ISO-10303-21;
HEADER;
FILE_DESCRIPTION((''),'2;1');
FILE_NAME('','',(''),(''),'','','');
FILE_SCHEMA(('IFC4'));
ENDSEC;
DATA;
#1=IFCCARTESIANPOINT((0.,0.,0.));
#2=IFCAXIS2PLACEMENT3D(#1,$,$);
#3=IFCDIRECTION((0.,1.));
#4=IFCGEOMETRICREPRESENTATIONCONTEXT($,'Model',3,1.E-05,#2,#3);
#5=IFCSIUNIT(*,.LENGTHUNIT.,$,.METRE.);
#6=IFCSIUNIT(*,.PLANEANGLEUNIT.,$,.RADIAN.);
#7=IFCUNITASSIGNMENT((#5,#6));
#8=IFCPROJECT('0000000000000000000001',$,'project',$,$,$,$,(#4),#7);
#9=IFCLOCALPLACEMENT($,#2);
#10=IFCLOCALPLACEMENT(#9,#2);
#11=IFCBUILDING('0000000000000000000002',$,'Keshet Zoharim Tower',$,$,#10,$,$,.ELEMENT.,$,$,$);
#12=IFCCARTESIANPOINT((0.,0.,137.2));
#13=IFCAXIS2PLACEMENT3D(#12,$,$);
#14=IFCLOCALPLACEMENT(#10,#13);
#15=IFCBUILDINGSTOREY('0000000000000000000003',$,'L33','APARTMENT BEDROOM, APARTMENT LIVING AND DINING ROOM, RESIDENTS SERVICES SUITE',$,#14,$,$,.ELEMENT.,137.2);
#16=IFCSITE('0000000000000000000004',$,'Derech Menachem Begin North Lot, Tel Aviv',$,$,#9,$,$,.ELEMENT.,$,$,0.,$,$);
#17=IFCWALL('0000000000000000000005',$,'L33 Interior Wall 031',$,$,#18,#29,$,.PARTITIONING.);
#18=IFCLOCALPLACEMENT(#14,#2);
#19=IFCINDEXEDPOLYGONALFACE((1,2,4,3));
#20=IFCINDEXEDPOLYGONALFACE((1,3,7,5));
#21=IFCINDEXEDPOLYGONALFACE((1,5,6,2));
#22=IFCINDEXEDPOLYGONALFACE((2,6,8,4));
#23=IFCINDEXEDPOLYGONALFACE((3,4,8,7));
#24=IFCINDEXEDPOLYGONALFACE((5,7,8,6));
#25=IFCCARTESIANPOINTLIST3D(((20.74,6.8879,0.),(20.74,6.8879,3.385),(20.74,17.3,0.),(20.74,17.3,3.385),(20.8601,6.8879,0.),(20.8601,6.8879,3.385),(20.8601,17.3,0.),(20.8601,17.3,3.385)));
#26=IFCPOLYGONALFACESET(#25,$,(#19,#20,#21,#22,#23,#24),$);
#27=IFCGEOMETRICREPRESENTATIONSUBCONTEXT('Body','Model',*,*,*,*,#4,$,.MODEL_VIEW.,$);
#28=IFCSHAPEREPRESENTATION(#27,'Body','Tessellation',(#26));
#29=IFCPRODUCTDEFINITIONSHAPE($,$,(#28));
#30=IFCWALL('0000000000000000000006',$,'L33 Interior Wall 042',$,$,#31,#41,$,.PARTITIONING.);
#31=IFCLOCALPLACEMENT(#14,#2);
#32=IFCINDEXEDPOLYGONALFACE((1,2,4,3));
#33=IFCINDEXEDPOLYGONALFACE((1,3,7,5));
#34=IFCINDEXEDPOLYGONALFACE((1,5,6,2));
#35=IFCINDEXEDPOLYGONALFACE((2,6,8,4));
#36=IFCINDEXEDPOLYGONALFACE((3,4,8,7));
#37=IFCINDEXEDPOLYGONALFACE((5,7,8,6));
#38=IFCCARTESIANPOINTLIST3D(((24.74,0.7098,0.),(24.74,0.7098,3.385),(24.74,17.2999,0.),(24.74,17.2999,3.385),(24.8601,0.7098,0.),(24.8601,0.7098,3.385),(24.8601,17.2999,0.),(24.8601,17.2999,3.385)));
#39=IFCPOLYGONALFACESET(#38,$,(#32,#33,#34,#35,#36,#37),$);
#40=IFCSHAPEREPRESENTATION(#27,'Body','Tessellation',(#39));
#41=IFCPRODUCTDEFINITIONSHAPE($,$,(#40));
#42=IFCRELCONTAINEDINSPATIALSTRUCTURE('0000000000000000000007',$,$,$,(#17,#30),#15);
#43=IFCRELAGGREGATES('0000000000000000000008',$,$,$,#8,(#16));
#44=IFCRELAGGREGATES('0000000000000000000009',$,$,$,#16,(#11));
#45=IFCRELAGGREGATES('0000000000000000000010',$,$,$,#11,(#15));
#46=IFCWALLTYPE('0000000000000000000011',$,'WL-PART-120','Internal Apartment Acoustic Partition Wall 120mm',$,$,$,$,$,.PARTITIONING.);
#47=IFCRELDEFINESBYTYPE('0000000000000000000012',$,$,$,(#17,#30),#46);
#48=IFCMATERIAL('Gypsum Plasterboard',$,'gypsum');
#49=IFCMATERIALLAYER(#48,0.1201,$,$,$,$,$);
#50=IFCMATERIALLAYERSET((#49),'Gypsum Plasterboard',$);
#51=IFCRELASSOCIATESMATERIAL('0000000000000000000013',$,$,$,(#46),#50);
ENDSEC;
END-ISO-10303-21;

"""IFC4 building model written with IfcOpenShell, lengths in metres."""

from ifc_helpers import new_model, si_unit, direction, frame, frame_2d, origin, place, context, subcontext, project, spatial, rectangle, extrude, material, layer, layer_set, type_object, element, save


model = new_model("IFC4")

# Units and contexts
model_context = context("Model", 3, precision=1e-05, world=origin(), true_north=direction((0.0, 1.0)))
body_context = subcontext(model_context, "Body", "Model", "MODEL_VIEW")
ifc_project = project(units=[si_unit("LENGTHUNIT", "METRE"), si_unit("PLANEANGLEUNIT", "RADIAN")], contexts=[model_context])

# Site, building, storey
site_placement = place(None, origin())
site = spatial("IfcSite", under=ifc_project, at=site_placement, Name="Derech Menachem Begin North Lot, Tel Aviv", CompositionType="ELEMENT", RefElevation=0.0)
building_placement = place(site_placement, origin())
building = spatial("IfcBuilding", under=site, at=building_placement, Name="Keshet Zoharim Tower", CompositionType="ELEMENT")
storey_placement = place(building_placement, frame((0.0, 0.0, 137.2)))
storey = spatial("IfcBuildingStorey", under=building, at=storey_placement, Name="L33", Description="APARTMENT BEDROOM, APARTMENT LIVING AND DINING ROOM, RESIDENTS SERVICES SUITE", CompositionType="ELEMENT", Elevation=137.2)

# Walls
ifc_material_1 = material(Name="Gypsum Plasterboard", Category="gypsum")
ifc_layer_1 = layer(ifc_material_1, 0.1201)
ifc_layer_set_1 = layer_set([ifc_layer_1], Name="Gypsum Plasterboard")
wall_type = type_object("IfcWallType", Name="WL-PART-120", Description="Internal Apartment Acoustic Partition Wall 120mm", PredefinedType="PARTITIONING", material=ifc_layer_set_1)
wall_1_placement = place(storey_placement, frame((20.8, 6.8879, 0.0), z_axis=(0.0, 0.0, 1.0), x_axis=(0.0, 1.0, 0.0)))
element("IfcWall", 1, at=wall_1_placement, inside=storey, type_object=wall_type, Name="L33 Interior Wall 031", PredefinedType="PARTITIONING", context=body_context, shape_type="SweptSolid", body=[
    extrude(rectangle(XDim=10.4121, YDim=0.1201, at=frame_2d((5.2061, 0.0))), origin(), (0.0, 0.0, 1.0), 3.385),
])
wall_2_placement = place(storey_placement, frame((24.8, 0.71, 0.0), z_axis=(0.0, 0.0, 1.0), x_axis=(0.0, 1.0, 0.0)))
element("IfcWall", 2, at=wall_2_placement, inside=storey, type_object=wall_type, Name="L33 Interior Wall 042", PredefinedType="PARTITIONING", context=body_context, shape_type="SweptSolid", body=[
    extrude(rectangle(XDim=16.5901, YDim=0.1201, at=frame_2d((8.2949, 0.0))), origin(), (0.0, 0.0, 1.0), 3.385),
])

save(model, "model.ifc")
